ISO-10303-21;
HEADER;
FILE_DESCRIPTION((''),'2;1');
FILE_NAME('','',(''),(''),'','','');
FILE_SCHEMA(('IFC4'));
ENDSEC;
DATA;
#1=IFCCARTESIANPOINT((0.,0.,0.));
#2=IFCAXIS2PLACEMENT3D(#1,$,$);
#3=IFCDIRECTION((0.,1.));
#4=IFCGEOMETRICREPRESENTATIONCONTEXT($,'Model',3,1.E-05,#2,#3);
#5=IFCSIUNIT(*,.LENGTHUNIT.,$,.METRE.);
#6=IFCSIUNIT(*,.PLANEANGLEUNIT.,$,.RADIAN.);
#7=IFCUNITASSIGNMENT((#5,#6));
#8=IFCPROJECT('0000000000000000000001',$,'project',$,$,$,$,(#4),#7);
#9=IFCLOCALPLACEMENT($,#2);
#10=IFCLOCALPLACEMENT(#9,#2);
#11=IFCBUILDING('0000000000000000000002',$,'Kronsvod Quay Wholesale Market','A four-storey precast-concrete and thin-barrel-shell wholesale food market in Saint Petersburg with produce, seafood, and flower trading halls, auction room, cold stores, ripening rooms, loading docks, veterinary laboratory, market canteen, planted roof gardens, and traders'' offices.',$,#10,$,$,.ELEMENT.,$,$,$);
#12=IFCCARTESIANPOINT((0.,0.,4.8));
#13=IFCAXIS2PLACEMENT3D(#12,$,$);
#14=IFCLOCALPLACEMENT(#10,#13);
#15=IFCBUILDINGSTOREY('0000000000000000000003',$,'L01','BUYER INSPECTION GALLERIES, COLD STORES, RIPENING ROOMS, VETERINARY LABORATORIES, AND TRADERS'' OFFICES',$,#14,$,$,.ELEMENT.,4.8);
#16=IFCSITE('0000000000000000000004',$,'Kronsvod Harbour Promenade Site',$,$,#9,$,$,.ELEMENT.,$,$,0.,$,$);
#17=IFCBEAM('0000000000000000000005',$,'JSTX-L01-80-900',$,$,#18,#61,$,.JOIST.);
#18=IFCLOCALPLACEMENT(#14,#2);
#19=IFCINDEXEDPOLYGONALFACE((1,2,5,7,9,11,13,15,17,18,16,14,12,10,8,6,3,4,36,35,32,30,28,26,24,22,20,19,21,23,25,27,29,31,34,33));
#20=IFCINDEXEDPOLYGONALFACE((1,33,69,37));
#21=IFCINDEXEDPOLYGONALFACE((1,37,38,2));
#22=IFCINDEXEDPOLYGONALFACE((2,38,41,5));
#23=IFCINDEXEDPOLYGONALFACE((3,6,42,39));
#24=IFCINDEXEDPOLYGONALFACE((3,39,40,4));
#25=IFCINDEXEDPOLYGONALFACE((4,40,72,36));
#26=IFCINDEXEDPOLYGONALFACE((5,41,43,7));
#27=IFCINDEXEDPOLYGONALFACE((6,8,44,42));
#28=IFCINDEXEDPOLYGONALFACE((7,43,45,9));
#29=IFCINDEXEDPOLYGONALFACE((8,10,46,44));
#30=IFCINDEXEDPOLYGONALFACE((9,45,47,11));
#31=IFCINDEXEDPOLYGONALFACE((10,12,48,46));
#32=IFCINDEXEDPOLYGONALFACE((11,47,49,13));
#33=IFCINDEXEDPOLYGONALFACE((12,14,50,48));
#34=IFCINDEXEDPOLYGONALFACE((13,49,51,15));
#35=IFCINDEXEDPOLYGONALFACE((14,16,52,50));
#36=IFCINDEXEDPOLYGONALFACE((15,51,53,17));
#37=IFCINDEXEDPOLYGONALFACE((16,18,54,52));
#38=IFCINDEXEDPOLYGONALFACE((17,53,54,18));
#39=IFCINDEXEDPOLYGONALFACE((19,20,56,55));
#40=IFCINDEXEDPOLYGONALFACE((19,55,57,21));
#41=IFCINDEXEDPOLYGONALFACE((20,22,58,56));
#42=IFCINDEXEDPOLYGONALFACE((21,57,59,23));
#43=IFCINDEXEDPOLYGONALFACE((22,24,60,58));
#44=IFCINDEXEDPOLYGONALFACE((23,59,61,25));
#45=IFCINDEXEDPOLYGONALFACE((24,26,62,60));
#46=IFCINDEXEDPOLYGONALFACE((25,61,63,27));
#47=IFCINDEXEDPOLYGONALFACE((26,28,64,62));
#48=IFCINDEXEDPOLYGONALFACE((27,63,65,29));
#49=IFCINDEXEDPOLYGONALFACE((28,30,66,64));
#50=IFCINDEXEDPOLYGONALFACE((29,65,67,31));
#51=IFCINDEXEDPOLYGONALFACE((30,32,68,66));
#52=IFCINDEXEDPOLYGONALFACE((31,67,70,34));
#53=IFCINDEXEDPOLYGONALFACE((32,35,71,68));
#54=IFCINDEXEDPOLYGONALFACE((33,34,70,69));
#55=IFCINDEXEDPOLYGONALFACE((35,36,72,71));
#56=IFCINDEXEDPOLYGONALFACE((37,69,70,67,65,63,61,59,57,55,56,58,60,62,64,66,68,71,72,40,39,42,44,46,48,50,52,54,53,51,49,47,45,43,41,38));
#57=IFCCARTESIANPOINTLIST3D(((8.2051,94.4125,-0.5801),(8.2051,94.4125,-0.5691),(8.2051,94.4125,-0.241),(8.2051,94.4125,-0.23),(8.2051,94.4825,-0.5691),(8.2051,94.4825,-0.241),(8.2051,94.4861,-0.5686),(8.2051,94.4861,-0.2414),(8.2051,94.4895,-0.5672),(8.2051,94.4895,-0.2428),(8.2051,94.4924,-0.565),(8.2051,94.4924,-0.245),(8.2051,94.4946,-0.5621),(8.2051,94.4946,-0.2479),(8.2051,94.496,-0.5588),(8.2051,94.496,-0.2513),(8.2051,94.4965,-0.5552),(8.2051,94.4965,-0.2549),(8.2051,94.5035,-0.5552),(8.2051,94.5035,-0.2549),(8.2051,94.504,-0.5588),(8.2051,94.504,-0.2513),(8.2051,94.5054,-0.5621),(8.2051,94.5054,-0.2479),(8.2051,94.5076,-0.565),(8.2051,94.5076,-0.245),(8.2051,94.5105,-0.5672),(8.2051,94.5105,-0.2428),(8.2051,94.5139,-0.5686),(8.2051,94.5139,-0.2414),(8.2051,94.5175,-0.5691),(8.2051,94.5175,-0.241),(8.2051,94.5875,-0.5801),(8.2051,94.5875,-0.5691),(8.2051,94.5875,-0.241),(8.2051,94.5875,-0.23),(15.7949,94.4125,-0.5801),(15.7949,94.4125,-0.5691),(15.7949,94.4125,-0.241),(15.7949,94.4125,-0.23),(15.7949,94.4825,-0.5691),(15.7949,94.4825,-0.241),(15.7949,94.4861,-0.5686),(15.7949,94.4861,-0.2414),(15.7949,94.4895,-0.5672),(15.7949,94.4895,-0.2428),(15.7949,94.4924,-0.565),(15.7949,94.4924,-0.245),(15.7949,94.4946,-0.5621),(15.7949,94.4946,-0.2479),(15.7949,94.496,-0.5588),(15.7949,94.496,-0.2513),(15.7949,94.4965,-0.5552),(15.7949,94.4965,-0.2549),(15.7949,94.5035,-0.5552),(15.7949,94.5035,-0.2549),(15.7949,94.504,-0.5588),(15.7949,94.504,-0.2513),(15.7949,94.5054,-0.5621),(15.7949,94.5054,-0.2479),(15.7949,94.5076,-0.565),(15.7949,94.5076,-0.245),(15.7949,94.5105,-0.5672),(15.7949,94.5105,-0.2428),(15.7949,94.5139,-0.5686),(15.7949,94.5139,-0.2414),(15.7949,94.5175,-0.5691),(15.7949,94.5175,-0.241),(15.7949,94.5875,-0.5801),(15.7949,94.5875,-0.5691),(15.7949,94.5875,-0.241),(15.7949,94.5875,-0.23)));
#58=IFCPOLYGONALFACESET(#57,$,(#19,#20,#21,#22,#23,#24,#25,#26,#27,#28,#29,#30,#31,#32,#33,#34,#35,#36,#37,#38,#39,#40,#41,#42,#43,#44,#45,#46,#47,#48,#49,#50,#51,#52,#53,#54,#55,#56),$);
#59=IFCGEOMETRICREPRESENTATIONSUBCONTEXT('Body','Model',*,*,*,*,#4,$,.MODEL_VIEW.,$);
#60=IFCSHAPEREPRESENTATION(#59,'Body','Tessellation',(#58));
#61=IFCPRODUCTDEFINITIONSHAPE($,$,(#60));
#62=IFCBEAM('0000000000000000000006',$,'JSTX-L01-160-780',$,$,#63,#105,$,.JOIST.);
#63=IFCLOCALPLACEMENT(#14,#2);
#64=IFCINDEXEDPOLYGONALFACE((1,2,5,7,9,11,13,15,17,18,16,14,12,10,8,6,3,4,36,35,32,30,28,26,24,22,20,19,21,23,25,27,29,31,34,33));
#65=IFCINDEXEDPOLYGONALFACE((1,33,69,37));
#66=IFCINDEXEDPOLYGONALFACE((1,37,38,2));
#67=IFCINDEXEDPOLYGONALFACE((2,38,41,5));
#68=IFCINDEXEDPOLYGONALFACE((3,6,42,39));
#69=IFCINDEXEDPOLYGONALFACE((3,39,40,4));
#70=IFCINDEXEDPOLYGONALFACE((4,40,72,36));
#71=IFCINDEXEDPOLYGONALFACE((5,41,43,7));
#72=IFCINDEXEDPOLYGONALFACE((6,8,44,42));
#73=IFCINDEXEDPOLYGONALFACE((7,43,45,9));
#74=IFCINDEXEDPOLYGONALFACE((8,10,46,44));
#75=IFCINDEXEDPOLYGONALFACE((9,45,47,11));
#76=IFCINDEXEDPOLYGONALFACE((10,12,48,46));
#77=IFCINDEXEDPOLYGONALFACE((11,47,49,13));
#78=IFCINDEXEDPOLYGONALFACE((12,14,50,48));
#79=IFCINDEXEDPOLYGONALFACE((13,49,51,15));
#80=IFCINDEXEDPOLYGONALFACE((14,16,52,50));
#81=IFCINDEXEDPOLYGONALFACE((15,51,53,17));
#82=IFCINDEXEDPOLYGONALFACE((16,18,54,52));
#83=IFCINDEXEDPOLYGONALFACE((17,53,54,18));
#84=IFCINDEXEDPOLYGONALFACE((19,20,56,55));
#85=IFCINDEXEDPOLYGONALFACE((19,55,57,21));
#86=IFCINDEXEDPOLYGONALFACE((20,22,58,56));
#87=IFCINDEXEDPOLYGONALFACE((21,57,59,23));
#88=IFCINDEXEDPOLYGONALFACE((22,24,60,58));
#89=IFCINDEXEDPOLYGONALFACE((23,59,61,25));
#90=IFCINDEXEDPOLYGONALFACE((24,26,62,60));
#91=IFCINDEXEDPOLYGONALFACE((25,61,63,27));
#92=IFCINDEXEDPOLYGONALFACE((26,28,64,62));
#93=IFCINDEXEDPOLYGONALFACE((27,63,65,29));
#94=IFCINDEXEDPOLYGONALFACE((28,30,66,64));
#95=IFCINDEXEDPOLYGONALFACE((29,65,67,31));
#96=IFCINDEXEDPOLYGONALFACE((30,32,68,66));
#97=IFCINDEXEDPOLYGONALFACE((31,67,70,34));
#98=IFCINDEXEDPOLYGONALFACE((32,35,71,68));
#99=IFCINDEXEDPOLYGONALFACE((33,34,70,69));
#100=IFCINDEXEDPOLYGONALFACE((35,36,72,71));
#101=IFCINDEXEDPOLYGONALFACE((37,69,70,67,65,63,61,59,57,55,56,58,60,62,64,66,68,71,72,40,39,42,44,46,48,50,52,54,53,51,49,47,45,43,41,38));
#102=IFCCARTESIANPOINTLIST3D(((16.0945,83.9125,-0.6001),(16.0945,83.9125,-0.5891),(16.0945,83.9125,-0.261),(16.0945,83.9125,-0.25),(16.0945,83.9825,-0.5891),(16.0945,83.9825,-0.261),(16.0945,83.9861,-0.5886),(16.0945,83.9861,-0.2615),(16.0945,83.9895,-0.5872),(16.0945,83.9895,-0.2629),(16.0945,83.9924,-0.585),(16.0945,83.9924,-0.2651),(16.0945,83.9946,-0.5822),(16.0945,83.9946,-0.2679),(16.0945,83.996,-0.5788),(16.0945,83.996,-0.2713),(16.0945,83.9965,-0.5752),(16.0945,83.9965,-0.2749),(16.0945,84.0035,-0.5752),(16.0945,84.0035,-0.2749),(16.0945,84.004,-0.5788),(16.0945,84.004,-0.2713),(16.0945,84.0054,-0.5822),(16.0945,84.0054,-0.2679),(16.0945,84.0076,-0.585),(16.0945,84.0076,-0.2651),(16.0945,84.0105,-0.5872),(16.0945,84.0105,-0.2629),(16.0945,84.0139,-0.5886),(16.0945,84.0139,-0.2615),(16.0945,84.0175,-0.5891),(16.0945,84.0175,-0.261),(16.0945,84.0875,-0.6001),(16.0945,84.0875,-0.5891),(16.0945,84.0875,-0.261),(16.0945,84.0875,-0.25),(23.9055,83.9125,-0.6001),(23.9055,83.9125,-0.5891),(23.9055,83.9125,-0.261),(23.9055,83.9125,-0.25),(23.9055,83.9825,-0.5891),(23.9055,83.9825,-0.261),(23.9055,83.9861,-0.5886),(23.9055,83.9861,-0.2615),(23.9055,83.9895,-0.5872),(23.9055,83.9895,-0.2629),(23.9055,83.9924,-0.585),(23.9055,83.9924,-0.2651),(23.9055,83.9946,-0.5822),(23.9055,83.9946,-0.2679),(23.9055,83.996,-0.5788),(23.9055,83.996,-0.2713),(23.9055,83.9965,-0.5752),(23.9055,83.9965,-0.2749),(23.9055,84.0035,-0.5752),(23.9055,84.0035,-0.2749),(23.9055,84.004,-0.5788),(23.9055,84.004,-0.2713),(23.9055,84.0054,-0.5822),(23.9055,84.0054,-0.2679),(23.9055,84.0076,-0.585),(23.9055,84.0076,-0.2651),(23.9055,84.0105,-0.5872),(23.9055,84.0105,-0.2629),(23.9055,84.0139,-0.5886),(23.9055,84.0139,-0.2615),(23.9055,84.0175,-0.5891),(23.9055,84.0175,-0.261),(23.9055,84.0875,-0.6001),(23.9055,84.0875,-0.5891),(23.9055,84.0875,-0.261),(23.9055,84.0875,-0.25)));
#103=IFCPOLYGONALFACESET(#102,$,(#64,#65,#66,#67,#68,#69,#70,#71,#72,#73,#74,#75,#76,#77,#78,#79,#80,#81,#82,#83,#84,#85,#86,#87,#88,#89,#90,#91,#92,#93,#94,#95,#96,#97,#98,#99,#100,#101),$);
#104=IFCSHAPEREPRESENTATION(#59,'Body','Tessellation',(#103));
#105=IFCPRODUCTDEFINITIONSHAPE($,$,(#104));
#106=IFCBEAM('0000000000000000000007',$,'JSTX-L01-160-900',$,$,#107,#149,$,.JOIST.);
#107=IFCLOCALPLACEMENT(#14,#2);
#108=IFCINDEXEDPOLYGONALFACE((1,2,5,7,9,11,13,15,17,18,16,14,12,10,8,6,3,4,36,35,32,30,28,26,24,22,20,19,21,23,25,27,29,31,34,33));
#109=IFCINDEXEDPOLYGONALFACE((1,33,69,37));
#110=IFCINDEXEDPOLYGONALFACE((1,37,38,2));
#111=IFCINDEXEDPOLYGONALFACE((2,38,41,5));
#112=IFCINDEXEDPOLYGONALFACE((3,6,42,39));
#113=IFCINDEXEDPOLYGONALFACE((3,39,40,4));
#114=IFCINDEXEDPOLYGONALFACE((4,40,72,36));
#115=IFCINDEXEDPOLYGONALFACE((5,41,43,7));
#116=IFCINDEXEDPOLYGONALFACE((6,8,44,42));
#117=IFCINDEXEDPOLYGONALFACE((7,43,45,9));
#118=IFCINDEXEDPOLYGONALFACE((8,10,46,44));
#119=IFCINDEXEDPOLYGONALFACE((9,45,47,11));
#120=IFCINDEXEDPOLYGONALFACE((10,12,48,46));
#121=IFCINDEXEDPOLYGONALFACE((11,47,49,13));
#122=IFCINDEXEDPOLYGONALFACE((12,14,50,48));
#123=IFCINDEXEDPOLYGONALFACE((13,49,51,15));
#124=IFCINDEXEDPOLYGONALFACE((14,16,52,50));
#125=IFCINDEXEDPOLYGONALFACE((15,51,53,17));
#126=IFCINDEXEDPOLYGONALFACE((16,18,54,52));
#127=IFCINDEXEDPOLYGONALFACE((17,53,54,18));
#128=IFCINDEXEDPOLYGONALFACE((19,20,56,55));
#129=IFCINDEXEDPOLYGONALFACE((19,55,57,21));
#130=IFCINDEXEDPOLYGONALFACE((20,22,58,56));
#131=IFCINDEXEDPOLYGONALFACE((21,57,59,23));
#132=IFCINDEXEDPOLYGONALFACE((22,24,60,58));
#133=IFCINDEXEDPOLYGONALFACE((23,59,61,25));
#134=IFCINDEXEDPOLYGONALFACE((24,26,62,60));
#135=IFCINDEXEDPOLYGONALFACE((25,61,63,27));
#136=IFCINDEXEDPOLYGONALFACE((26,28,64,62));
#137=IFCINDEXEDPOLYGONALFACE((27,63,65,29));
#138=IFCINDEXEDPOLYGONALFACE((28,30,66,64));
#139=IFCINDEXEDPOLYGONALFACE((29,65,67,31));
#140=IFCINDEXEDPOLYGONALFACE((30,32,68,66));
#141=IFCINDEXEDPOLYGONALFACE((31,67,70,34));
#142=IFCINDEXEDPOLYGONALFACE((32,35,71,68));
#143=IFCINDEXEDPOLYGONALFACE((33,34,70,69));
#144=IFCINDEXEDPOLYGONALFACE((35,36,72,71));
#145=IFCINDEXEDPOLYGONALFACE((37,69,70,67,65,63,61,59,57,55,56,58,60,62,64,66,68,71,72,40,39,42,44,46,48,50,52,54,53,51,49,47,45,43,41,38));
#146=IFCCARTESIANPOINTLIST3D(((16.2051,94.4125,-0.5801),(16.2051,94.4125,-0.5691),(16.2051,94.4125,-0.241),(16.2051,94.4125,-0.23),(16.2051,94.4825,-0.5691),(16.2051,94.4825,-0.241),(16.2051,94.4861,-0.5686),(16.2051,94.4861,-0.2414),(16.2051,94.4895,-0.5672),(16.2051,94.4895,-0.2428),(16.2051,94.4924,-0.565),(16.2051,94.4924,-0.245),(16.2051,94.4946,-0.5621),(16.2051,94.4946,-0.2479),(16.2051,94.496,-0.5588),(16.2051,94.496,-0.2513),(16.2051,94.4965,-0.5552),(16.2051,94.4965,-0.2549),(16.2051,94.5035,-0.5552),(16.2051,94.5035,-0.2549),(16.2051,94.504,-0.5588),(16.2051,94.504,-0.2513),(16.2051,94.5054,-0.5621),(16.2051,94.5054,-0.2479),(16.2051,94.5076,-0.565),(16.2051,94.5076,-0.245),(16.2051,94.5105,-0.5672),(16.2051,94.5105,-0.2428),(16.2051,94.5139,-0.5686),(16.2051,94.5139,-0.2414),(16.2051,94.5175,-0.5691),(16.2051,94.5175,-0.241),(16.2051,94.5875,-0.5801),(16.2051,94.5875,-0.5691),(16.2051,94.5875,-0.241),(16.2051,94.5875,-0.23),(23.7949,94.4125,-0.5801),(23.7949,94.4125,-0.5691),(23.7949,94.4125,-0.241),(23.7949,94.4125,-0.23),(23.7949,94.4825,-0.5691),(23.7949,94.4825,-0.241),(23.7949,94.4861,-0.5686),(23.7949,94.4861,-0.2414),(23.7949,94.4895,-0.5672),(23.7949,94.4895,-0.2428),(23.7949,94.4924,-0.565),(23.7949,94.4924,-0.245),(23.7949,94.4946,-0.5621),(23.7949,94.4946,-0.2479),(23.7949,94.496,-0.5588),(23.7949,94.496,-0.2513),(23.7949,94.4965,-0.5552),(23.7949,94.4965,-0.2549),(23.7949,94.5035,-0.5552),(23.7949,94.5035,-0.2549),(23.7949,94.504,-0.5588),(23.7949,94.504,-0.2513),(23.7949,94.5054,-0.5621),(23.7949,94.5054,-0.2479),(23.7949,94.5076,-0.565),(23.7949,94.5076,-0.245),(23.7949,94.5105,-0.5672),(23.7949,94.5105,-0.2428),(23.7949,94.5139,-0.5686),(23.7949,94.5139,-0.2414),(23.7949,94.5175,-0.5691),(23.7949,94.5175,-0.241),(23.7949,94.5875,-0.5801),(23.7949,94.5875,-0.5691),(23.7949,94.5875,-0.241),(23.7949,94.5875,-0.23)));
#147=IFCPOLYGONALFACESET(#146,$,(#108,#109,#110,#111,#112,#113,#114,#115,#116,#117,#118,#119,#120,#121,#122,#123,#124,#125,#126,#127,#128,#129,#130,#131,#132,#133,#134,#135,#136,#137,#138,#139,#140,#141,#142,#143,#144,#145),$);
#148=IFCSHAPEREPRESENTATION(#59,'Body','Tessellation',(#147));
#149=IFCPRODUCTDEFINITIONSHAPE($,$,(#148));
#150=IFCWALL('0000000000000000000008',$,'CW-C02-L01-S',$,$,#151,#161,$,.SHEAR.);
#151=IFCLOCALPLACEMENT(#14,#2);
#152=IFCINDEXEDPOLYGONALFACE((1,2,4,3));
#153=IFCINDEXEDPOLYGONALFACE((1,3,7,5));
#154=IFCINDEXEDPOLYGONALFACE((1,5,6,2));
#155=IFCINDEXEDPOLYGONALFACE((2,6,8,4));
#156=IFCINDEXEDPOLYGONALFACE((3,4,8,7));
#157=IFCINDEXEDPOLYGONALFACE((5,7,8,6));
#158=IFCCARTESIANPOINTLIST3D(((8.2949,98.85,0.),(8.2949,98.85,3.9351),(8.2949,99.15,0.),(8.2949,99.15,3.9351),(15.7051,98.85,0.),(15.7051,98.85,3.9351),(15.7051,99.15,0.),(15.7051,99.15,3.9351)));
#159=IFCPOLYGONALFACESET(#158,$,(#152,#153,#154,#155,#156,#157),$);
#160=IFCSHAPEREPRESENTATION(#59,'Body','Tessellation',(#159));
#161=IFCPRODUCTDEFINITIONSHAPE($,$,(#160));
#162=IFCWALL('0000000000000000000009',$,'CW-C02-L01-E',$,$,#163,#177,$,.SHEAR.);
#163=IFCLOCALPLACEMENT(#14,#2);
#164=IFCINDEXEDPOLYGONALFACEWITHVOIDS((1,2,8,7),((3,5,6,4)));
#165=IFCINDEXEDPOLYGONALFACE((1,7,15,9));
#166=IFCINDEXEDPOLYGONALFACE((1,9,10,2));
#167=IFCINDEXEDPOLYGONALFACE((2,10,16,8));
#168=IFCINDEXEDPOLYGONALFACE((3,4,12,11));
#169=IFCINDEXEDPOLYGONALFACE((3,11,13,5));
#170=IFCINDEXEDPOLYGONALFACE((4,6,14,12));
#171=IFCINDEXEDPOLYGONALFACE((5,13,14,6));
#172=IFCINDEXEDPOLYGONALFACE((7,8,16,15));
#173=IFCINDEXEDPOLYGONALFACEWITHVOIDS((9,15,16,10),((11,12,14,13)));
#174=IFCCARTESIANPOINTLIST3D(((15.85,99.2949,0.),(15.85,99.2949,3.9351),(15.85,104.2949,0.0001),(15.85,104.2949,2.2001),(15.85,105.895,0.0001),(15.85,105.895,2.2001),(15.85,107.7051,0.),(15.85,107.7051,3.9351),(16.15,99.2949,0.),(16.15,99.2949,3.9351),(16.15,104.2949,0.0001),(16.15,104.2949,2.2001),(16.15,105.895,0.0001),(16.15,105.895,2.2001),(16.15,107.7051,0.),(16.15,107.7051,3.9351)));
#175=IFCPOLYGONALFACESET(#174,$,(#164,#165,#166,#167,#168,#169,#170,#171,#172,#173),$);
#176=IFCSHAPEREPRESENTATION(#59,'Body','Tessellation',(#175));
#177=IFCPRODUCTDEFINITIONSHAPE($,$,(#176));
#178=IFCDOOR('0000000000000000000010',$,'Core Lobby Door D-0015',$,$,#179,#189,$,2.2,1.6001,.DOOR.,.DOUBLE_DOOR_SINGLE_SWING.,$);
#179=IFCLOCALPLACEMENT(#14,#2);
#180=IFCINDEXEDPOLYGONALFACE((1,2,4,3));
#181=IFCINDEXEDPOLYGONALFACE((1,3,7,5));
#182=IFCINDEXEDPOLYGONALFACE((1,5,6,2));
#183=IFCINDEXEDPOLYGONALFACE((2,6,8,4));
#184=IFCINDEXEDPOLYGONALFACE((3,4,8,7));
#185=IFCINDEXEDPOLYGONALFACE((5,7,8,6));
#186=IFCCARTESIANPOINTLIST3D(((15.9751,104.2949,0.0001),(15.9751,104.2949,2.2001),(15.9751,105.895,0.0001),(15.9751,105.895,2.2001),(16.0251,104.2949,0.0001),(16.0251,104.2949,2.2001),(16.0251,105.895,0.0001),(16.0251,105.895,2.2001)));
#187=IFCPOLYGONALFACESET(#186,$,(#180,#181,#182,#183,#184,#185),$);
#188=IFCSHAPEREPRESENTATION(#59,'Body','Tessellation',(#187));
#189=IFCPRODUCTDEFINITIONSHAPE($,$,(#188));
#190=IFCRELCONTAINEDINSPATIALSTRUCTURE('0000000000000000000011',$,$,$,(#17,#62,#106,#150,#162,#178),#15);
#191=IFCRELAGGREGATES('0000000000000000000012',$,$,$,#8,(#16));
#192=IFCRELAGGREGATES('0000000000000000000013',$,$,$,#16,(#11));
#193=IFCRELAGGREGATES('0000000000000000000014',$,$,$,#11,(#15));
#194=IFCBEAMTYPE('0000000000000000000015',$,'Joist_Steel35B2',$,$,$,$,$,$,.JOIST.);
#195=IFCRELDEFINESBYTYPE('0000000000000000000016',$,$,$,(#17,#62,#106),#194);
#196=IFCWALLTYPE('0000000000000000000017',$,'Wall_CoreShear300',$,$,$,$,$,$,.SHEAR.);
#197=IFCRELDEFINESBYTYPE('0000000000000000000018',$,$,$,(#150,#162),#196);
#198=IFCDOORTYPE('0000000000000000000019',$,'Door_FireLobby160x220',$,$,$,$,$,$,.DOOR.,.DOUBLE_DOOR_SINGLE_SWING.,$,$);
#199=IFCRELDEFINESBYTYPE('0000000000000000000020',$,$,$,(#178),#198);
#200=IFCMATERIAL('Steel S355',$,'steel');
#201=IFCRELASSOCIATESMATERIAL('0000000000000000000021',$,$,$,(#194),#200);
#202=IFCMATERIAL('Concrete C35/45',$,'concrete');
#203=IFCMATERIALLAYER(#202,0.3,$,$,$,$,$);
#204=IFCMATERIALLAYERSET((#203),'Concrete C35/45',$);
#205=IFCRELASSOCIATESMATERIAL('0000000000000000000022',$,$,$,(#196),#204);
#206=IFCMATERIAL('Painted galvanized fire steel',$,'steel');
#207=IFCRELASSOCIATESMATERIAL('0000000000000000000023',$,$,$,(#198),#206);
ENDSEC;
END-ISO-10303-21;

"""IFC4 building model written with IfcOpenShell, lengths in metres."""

from ifc_helpers import new_model, si_unit, direction, frame, frame_2d, origin, origin_2d, place, context, subcontext, project, spatial, rectangle, i_section, extrude, material, layer, layer_set, material_profile, profile_set, type_object, element, fill, save


model = new_model("IFC4")

# Units and contexts
model_context = context("Model", 3, precision=1e-05, world=origin(), true_north=direction((0.0, 1.0)))
body_context = subcontext(model_context, "Body", "Model", "MODEL_VIEW")
ifc_project = project(units=[si_unit("LENGTHUNIT", "METRE"), si_unit("PLANEANGLEUNIT", "RADIAN")], contexts=[model_context])

# Site, building, storey
site_placement = place(None, origin())
site = spatial("IfcSite", under=ifc_project, at=site_placement, Name="Kronsvod Harbour Promenade Site", CompositionType="ELEMENT", RefElevation=0.0)
building_placement = place(site_placement, origin())
building = spatial("IfcBuilding", under=site, at=building_placement, Name="Kronsvod Quay Wholesale Market", Description="A four-storey precast-concrete and thin-barrel-shell wholesale food market in Saint Petersburg with produce, seafood, and flower trading halls, auction room, cold stores, ripening rooms, loading docks, veterinary laboratory, market canteen, planted roof gardens, and traders' offices.", CompositionType="ELEMENT")
storey_placement = place(building_placement, frame((0.0, 0.0, 4.8)))
storey = spatial("IfcBuildingStorey", under=building, at=storey_placement, Name="L01", Description="BUYER INSPECTION GALLERIES, COLD STORES, RIPENING ROOMS, VETERINARY LABORATORIES, AND TRADERS' OFFICES", CompositionType="ELEMENT", Elevation=4.8)

# Beams
ifc_material_1 = material(Name="Steel S355", Category="steel")
ifc_material_profile_1 = material_profile(ifc_material_1, i_section(OverallWidth=0.175, OverallDepth=0.3501, WebThickness=0.0071, FlangeThickness=0.011, FilletRadius=0.0139, at=origin_2d()), Name="35B2")
ifc_profile_set_1 = profile_set([ifc_material_profile_1], Name="Steel S355")
beam_type_1 = type_object("IfcBeamType", Name="Joist_Steel35B2", PredefinedType="JOIST", material=ifc_profile_set_1)
beam_1_placement = place(storey_placement, frame((8.2051, 94.5, -0.405), z_axis=(1.0, 0.0, 0.0), x_axis=(0.0, 1.0, 0.0)))
element("IfcBeam", 1, at=beam_1_placement, inside=storey, type_object=beam_type_1, Name="JSTX-L01-80-900", PredefinedType="JOIST", context=body_context, shape_type="SweptSolid", body=[
    extrude(i_section(OverallWidth=0.175, OverallDepth=0.3501, WebThickness=0.0071, FlangeThickness=0.011, FilletRadius=0.0139, at=origin_2d()), origin(), (0.0, 0.0, 1.0), 7.5898),
])
beam_2_placement = place(storey_placement, frame((16.0945, 84.0, -0.425), z_axis=(1.0, 0.0, 0.0), x_axis=(0.0, 1.0, 0.0)))
element("IfcBeam", 2, at=beam_2_placement, inside=storey, type_object=beam_type_1, Name="JSTX-L01-160-780", PredefinedType="JOIST", context=body_context, shape_type="SweptSolid", body=[
    extrude(i_section(OverallWidth=0.175, OverallDepth=0.3501, WebThickness=0.0071, FlangeThickness=0.011, FilletRadius=0.0139, at=origin_2d()), origin(), (0.0, 0.0, 1.0), 7.811),
])
beam_3_placement = place(storey_placement, frame((16.2051, 94.5, -0.405), z_axis=(1.0, 0.0, 0.0), x_axis=(0.0, 1.0, 0.0)))
element("IfcBeam", 3, at=beam_3_placement, inside=storey, type_object=beam_type_1, Name="JSTX-L01-160-900", PredefinedType="JOIST", context=body_context, shape_type="SweptSolid", body=[
    extrude(i_section(OverallWidth=0.175, OverallDepth=0.3501, WebThickness=0.0071, FlangeThickness=0.011, FilletRadius=0.0139, at=origin_2d()), origin(), (0.0, 0.0, 1.0), 7.5898),
])

# Wall
ifc_material_2 = material(Name="Concrete C35/45", Category="concrete")
ifc_layer_1 = layer(ifc_material_2, 0.3)
ifc_layer_set_1 = layer_set([ifc_layer_1], Name="Concrete C35/45")
wall_type_1 = type_object("IfcWallType", Name="Wall_CoreShear300", PredefinedType="SHEAR", material=ifc_layer_set_1)
wall_1_placement = place(storey_placement, frame((8.2949, 99.0, 0.0), z_axis=(0.0, 0.0, 1.0), x_axis=(1.0, 0.0, 0.0)))
element("IfcWall", 4, at=wall_1_placement, inside=storey, type_object=wall_type_1, Name="CW-C02-L01-S", PredefinedType="SHEAR", context=body_context, shape_type="SweptSolid", body=[
    extrude(rectangle(XDim=7.4102, YDim=0.3, at=frame_2d((3.7051, 0.0))), origin(), (0.0, 0.0, 1.0), 3.9351),
])

# Wall, opening, door
wall_2_placement = place(storey_placement, frame((16.0, 99.2949, 0.0), z_axis=(0.0, 0.0, 1.0), x_axis=(0.0, 1.0, 0.0)))
wall_2 = element("IfcWall", 5, at=wall_2_placement, inside=storey, type_object=wall_type_1, Name="CW-C02-L01-E", PredefinedType="SHEAR", context=body_context, shape_type="SweptSolid", body=[
    extrude(rectangle(XDim=8.4102, YDim=0.3, at=frame_2d((4.2051, 0.0))), origin(), (0.0, 0.0, 1.0), 3.9351),
])
opening_1_placement = place(wall_2_placement, frame((5.0, 0.0, 0.0)))
opening_1 = element("IfcOpeningElement", 6, at=opening_1_placement, cuts=wall_2, PredefinedType="OPENING", context=body_context, shape_type="SweptSolid", body=[
    extrude(rectangle(XDim=1.6001, YDim=2.2, at=frame_2d((0.8, 1.1001))), frame((0.0, 0.1602, 0.0), z_axis=(0.0, -1.0, 0.0), x_axis=(1.0, 0.0, 0.0)), (0.0, 0.0, 1.0), 0.3201),
])
ifc_material_3 = material(Name="Painted galvanized fire steel", Category="steel")
door_type_1 = type_object("IfcDoorType", Name="Door_FireLobby160x220", OperationType="DOUBLE_DOOR_SINGLE_SWING", PredefinedType="DOOR", material=ifc_material_3)
door_1_placement = place(opening_1_placement, origin())
door_1 = element("IfcDoor", 7, at=door_1_placement, inside=storey, type_object=door_type_1, Name="Core Lobby Door D-0015", OperationType="DOUBLE_DOOR_SINGLE_SWING", OverallHeight=2.2, OverallWidth=1.6001, PredefinedType="DOOR", context=body_context, shape_type="SweptSolid", body=[
    extrude(rectangle(XDim=1.6001, YDim=2.2, at=frame_2d((0.8, 1.1001))), frame((0.0, 0.0249, 0.0), z_axis=(0.0, -1.0, 0.0), x_axis=(1.0, 0.0, 0.0)), (0.0, 0.0, 1.0), 0.05),
])
fill(opening_1, door_1)

save(model, "model.ifc")
